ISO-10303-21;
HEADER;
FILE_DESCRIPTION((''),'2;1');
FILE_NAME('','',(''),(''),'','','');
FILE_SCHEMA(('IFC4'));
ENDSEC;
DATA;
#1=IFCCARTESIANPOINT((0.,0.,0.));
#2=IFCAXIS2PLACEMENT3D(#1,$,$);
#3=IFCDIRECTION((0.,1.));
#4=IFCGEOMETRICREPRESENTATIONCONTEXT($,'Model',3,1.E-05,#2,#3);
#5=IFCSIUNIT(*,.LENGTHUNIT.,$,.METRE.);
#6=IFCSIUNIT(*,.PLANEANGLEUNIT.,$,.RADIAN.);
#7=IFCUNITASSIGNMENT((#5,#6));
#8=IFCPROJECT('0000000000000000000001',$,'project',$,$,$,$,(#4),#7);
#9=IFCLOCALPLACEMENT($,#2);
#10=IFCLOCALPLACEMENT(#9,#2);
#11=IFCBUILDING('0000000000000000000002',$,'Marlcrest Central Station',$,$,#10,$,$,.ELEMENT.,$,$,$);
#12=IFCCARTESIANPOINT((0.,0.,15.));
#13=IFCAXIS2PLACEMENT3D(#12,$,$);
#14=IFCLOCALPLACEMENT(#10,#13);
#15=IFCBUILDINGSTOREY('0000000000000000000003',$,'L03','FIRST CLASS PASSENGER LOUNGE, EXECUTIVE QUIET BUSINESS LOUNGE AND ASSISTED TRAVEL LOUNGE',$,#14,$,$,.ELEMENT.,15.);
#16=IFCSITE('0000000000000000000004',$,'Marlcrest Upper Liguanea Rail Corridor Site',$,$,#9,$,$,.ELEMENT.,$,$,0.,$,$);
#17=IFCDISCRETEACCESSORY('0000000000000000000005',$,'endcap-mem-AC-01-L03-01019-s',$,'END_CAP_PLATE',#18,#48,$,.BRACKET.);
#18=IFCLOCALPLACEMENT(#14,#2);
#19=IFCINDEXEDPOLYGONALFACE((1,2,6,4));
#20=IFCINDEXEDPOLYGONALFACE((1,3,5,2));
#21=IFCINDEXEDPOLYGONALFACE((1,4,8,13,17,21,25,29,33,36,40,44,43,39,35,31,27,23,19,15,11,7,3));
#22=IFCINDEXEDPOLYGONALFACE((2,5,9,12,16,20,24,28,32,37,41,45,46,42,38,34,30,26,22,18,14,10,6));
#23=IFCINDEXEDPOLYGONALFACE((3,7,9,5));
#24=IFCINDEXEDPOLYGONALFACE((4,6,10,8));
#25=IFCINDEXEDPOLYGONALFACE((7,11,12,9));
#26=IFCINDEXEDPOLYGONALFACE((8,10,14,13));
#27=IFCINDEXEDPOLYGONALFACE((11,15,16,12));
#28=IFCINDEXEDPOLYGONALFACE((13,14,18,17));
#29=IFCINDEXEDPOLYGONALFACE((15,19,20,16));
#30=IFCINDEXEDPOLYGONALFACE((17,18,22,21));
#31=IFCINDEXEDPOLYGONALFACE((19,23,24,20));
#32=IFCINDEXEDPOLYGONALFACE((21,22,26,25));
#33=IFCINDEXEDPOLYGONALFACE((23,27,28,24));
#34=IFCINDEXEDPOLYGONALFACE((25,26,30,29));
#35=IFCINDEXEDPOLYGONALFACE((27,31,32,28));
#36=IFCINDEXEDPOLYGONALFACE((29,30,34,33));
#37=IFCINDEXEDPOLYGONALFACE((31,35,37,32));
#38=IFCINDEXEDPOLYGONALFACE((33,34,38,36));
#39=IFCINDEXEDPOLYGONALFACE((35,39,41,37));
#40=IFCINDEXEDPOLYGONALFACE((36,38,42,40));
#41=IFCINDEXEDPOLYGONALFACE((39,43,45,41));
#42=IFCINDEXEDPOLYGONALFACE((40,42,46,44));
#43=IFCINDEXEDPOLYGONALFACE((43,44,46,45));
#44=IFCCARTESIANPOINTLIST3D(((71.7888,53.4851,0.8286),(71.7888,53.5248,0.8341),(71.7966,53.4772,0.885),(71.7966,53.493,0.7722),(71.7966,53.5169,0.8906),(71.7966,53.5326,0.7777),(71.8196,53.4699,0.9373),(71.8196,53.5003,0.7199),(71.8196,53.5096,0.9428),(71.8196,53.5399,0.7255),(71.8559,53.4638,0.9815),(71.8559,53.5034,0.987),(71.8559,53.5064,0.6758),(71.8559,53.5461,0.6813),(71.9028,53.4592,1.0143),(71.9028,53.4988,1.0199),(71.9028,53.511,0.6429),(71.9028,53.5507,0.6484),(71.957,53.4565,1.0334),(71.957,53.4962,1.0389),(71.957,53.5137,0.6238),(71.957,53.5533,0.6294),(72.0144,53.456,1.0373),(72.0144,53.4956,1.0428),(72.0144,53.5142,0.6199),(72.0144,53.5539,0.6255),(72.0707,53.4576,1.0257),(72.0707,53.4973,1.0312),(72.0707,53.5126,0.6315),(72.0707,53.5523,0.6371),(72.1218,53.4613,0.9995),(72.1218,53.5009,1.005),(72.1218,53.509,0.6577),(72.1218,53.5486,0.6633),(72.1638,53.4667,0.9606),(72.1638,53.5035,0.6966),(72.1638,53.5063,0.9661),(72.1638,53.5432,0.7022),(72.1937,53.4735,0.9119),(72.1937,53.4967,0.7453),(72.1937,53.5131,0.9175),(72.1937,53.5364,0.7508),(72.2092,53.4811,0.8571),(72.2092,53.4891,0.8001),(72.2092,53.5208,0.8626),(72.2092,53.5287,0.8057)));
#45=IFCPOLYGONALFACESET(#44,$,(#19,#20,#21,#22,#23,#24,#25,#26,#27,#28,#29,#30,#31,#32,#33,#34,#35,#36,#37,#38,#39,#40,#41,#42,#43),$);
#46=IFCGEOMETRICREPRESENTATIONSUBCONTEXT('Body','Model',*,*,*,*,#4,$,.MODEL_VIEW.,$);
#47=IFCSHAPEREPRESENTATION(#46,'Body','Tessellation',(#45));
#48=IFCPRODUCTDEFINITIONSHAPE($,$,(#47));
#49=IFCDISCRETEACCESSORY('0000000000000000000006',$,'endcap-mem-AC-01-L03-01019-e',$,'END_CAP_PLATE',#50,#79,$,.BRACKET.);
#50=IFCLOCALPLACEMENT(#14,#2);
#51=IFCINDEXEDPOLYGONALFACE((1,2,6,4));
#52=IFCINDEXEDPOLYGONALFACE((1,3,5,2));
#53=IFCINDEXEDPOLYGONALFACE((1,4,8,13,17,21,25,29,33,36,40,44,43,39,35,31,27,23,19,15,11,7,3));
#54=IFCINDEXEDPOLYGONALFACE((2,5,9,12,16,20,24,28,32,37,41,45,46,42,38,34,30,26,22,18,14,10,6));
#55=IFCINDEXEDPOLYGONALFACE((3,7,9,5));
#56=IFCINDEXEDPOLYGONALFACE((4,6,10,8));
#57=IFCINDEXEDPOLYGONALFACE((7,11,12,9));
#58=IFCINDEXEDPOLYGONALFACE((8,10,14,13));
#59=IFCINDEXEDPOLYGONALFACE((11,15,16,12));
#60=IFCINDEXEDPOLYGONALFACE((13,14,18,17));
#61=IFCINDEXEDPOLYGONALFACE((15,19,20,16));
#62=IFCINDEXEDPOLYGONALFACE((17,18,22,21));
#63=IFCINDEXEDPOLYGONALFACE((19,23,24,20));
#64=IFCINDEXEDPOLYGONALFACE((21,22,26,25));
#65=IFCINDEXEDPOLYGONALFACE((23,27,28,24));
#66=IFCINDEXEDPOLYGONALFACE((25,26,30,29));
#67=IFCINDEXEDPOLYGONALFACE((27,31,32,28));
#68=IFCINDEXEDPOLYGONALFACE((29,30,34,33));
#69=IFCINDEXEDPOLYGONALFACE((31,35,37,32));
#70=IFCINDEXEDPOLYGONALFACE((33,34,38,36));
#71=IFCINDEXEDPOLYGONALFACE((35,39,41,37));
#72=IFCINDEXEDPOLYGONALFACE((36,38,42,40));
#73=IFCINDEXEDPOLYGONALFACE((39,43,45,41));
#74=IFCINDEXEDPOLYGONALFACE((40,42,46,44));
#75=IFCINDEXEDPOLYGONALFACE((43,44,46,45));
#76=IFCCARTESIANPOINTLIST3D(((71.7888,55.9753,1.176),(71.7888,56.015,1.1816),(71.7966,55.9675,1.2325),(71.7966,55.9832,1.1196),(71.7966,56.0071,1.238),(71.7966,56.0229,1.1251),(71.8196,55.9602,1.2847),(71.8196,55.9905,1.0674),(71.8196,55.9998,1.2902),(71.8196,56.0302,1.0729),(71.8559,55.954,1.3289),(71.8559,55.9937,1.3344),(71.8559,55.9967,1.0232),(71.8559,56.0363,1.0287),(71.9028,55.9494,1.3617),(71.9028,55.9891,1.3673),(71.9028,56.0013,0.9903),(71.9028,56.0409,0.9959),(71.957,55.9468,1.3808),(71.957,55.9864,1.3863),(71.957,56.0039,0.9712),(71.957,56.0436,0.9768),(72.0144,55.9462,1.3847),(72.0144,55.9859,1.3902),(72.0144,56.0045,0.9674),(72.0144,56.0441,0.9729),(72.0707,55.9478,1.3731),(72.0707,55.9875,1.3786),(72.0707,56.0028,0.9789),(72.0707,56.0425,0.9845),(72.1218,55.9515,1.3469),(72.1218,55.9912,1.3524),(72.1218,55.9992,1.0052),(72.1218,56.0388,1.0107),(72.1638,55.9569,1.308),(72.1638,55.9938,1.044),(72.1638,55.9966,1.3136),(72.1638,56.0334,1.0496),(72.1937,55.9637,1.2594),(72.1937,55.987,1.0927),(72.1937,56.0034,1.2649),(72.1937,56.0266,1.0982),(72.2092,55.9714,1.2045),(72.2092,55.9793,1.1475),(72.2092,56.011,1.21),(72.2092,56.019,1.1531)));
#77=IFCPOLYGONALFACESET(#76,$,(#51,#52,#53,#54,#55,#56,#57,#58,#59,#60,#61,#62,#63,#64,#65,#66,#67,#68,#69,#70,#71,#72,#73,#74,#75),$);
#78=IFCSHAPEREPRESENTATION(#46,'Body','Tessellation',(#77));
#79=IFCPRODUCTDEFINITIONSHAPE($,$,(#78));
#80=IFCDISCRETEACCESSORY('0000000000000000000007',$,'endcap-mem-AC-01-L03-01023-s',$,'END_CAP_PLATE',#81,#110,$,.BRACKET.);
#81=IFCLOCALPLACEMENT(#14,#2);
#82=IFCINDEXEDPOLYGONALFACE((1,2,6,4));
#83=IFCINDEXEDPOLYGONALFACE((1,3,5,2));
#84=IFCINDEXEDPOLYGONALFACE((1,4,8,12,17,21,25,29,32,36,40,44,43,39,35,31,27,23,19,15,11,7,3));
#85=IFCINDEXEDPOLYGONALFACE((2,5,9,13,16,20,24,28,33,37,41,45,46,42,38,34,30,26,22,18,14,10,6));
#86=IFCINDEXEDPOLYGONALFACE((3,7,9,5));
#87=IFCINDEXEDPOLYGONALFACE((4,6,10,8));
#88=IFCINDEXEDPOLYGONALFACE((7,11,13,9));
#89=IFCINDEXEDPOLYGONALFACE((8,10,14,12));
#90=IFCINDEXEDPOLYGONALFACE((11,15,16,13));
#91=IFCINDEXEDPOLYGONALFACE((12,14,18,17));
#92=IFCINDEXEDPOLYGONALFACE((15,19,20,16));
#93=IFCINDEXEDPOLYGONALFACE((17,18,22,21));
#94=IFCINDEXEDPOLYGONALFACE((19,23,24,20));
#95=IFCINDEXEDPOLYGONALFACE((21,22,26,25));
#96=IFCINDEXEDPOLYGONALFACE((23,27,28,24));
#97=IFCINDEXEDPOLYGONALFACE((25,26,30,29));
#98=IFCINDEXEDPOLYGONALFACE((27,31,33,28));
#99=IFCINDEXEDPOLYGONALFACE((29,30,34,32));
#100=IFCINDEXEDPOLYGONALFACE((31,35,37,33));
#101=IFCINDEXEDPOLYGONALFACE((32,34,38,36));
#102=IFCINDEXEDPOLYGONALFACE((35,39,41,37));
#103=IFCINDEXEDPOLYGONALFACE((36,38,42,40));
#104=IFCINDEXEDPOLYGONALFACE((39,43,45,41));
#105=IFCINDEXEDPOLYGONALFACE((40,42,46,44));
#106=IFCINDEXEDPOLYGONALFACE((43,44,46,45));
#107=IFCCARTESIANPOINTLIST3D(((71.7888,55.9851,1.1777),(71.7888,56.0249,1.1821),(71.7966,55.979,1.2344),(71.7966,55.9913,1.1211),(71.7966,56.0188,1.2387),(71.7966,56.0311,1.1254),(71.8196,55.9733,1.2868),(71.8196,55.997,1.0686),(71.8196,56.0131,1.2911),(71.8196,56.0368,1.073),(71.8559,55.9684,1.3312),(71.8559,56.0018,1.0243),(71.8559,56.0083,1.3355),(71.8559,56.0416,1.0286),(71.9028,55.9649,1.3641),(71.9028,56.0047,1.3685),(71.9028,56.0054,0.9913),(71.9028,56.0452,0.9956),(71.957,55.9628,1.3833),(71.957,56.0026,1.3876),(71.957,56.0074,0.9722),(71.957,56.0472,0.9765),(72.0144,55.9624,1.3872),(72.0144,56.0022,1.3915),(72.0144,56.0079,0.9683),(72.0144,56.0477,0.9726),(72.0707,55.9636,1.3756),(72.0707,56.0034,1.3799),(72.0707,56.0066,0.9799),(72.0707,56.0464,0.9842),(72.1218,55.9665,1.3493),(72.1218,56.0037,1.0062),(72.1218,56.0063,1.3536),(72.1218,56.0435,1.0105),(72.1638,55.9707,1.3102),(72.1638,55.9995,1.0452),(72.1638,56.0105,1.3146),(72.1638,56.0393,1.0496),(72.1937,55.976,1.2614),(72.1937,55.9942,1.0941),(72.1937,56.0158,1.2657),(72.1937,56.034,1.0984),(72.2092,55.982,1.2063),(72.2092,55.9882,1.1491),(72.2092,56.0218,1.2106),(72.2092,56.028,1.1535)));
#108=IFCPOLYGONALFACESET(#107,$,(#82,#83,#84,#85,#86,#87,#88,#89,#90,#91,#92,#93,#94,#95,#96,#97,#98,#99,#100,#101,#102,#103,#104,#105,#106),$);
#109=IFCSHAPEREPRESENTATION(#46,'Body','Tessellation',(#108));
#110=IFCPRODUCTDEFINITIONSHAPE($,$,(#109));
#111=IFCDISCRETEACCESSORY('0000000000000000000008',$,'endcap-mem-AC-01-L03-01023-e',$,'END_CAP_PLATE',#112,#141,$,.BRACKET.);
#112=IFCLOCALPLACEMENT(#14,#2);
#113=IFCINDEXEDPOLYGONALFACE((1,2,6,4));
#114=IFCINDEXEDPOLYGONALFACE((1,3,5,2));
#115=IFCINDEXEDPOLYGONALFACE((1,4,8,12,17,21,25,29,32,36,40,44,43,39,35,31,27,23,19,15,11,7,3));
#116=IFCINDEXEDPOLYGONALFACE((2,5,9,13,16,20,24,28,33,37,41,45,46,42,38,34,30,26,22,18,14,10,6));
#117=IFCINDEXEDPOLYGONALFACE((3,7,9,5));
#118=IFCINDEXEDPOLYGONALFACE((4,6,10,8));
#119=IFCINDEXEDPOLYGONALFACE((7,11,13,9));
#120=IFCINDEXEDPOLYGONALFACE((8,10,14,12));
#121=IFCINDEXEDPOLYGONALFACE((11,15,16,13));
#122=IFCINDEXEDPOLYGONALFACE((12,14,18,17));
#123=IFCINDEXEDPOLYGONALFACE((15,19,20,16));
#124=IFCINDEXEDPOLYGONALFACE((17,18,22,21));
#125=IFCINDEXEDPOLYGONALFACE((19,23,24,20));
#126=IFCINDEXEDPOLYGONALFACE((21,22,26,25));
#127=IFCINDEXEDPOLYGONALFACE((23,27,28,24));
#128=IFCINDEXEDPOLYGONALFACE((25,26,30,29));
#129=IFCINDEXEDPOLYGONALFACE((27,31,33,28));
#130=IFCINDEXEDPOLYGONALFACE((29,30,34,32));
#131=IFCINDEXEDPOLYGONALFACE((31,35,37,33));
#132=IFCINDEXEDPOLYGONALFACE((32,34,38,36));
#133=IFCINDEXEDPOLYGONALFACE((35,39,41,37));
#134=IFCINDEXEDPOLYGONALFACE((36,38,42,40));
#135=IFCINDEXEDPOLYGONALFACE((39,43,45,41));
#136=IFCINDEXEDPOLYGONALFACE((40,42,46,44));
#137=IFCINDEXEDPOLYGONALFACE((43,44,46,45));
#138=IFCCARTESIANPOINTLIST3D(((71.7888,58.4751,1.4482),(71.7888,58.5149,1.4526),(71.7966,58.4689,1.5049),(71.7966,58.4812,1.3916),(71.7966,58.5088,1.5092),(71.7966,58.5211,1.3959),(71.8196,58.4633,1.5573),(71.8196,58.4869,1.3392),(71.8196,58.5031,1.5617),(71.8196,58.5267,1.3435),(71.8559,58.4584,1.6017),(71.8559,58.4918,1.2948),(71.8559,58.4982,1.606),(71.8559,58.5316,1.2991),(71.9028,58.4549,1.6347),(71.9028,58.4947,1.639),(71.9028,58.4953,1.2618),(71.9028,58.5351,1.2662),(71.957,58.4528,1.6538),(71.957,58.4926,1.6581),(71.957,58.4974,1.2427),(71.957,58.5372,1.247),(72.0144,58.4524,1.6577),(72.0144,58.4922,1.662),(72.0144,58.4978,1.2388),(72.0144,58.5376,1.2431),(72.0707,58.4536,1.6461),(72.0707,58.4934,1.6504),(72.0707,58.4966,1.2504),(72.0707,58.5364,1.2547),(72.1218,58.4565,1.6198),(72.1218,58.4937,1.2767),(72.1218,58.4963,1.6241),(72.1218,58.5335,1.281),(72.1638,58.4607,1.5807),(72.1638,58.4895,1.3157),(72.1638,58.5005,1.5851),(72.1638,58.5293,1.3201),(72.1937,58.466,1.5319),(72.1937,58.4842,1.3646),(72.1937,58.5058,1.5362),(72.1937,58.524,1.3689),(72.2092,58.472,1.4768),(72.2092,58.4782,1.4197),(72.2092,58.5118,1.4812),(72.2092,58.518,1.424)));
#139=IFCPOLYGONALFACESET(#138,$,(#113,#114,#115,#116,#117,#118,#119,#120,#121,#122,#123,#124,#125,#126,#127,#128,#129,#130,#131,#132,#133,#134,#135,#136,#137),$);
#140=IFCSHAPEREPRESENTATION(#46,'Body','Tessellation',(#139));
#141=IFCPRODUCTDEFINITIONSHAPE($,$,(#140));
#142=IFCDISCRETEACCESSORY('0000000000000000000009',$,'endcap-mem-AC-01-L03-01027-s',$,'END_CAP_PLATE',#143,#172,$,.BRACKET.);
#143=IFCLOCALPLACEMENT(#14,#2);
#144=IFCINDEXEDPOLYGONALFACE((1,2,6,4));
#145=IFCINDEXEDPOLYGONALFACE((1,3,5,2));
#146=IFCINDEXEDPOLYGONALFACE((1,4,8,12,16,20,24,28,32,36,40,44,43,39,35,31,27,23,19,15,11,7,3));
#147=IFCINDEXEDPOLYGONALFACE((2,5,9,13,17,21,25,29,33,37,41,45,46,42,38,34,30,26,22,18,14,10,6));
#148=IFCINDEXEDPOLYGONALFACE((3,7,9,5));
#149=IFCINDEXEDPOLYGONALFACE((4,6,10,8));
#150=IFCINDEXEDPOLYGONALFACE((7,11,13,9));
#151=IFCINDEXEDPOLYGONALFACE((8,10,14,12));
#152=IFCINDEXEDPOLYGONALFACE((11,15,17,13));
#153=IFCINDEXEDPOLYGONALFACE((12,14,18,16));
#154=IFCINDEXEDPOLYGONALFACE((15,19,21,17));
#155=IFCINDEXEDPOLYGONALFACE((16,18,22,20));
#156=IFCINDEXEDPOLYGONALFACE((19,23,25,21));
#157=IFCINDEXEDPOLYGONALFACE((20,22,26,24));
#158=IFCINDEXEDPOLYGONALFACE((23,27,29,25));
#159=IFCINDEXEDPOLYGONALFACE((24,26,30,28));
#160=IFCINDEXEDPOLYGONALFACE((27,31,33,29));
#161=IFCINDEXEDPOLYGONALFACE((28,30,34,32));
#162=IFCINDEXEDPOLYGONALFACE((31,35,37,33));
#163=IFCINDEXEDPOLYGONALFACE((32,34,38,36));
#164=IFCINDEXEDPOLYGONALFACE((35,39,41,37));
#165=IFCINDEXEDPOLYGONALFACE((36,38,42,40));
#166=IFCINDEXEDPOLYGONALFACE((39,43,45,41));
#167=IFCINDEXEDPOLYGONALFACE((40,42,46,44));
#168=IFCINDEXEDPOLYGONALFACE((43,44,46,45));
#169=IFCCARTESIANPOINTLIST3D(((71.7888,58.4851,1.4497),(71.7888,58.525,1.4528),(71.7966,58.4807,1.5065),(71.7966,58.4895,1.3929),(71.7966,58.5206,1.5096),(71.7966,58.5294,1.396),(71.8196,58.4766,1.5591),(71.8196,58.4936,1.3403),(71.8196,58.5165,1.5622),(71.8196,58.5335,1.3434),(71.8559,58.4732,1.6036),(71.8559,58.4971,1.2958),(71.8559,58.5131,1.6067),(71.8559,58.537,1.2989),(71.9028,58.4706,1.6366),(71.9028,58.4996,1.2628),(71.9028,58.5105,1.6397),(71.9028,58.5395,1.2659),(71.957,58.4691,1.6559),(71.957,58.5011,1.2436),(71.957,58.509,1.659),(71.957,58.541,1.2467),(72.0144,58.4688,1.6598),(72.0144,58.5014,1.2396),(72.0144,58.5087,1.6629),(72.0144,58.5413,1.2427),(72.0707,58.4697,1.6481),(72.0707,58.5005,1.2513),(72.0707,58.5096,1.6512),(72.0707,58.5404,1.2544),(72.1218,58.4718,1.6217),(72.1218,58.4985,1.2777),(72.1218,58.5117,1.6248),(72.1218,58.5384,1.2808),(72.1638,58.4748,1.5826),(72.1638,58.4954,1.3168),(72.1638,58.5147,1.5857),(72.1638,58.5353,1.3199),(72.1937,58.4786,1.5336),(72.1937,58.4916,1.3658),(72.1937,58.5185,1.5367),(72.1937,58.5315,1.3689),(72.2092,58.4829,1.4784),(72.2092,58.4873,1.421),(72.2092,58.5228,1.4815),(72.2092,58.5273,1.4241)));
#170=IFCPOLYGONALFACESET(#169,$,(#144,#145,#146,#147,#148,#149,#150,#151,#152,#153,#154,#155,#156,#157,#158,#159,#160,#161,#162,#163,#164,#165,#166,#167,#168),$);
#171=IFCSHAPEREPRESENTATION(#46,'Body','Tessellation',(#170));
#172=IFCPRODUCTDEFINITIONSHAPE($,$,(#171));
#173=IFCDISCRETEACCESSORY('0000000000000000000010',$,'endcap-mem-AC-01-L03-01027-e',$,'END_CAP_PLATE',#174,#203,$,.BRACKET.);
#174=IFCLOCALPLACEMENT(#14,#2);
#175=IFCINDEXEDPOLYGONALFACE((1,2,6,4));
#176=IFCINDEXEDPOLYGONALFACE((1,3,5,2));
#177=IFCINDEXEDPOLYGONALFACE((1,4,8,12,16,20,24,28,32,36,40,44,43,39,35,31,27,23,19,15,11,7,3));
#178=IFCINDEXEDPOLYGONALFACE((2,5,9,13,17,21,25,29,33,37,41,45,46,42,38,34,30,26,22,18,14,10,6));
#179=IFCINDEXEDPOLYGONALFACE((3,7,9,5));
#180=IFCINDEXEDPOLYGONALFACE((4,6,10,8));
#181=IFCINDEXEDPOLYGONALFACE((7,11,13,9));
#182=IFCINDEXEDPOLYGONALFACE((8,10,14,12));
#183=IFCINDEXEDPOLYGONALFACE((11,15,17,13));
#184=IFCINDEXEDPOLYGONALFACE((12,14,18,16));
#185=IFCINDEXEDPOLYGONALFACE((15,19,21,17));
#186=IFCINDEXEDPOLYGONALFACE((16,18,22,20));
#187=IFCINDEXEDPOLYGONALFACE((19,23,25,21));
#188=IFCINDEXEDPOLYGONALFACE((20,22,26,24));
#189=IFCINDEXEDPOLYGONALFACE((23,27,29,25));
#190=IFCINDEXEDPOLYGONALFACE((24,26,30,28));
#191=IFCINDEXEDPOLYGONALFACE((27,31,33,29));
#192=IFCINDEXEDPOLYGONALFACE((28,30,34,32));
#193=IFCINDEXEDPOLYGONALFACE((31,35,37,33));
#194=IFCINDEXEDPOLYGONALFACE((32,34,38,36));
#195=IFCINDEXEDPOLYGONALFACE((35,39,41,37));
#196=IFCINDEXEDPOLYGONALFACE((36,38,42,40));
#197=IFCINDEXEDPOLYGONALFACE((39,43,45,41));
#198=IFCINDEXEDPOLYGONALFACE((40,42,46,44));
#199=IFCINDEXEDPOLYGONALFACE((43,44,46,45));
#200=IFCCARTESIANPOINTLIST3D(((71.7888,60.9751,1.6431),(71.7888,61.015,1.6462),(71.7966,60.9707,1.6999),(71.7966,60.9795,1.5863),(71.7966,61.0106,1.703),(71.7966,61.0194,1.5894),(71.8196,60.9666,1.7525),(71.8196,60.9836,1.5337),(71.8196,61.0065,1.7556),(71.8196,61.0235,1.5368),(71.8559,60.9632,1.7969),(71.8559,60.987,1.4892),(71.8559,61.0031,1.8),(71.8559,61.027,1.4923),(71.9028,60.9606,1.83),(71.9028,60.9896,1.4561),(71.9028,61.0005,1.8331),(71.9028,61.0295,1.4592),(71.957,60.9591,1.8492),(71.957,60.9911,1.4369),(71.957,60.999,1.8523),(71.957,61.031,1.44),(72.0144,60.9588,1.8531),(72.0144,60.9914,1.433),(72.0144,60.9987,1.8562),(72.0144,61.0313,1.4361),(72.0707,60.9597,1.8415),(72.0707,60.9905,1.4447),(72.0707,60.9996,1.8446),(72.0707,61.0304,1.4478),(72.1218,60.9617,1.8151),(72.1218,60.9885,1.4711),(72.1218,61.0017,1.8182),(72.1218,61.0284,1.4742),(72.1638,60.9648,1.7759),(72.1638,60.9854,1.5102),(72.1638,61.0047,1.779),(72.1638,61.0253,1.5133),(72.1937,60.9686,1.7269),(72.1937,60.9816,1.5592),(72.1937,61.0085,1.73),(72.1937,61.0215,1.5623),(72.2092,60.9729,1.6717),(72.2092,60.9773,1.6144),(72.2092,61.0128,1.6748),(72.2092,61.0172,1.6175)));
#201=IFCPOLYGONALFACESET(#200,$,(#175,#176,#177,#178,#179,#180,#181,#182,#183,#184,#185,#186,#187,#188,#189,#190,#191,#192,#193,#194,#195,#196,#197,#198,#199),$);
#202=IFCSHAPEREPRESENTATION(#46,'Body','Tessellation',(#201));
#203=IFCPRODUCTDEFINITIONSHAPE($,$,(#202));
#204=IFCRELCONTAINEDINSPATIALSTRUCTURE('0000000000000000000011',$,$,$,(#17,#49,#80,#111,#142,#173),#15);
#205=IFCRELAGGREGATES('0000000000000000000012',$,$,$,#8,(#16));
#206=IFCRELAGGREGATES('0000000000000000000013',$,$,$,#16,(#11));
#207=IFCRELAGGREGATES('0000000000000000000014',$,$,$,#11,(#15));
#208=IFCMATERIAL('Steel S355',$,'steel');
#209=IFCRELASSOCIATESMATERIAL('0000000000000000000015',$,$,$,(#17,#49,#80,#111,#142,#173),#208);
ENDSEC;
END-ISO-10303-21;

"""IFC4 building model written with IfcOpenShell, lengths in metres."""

from ifc_helpers import new_model, si_unit, direction, frame, origin, origin_2d, place, context, subcontext, project, spatial, circle, extrude, material, element, save


model = new_model("IFC4")

# Units and contexts
model_context = context("Model", 3, precision=1e-05, world=origin(), true_north=direction((0.0, 1.0)))
body_context = subcontext(model_context, "Body", "Model", "MODEL_VIEW")
ifc_project = project(units=[si_unit("LENGTHUNIT", "METRE"), si_unit("PLANEANGLEUNIT", "RADIAN")], contexts=[model_context])

# Site, building, storey
site_placement = place(None, origin())
site = spatial("IfcSite", under=ifc_project, at=site_placement, Name="Marlcrest Upper Liguanea Rail Corridor Site", CompositionType="ELEMENT", RefElevation=0.0)
building_placement = place(site_placement, origin())
building = spatial("IfcBuilding", under=site, at=building_placement, Name="Marlcrest Central Station", CompositionType="ELEMENT")
storey_placement = place(building_placement, frame((0.0, 0.0, 15.0)))
storey = spatial("IfcBuildingStorey", under=building, at=storey_placement, Name="L03", Description="FIRST CLASS PASSENGER LOUNGE, EXECUTIVE QUIET BUSINESS LOUNGE AND ASSISTED TRAVEL LOUNGE", CompositionType="ELEMENT", Elevation=15.0)

# Shared definitions
ifc_material_1 = material(Name="Steel S355", Category="steel")

# Discrete accessories
for number, where, z_axis, x_axis, name in (
    (1, (72.0, 53.4851, 0.8286), (0.0, 0.990403, 0.138211), (-1.0, 0.0, 0.0), "endcap-mem-AC-01-L03-01019-s"),
    (2, (72.0, 55.9753, 1.176), (0.0, 0.990403, 0.138211), (-1.0, 0.0, 0.0), "endcap-mem-AC-01-L03-01019-e"),
    (3, (72.0, 55.9851, 1.1777), (0.0, 0.994155, 0.107959), (-1.0, 0.0, 0.0), "endcap-mem-AC-01-L03-01023-s"),
    (4, (72.0, 58.4751, 1.4482), (0.0, 0.994155, 0.107959), (-1.0, 0.0, 0.0), "endcap-mem-AC-01-L03-01023-e"),
    (5, (72.0, 58.4851, 1.4497), (0.0, 0.997, 0.077404), (-1.0, 0.0, 0.0), "endcap-mem-AC-01-L03-01027-s"),
    (6, (72.0, 60.9751, 1.6431), (0.0, 0.997, 0.077404), (-1.0, 0.0, 0.0), "endcap-mem-AC-01-L03-01027-e"),
):
    element("IfcDiscreteAccessory", number, at=place(storey_placement, frame(where, z_axis=z_axis, x_axis=x_axis)), inside=storey, material=ifc_material_1, Name=name, ObjectType="END_CAP_PLATE", PredefinedType="BRACKET", context=body_context, shape_type="SweptSolid", body=[
        extrude(circle(Radius=0.2112, at=origin_2d()), origin(), (0.0, 0.0, 1.0), 0.04),
    ])

save(model, "model.ifc")
